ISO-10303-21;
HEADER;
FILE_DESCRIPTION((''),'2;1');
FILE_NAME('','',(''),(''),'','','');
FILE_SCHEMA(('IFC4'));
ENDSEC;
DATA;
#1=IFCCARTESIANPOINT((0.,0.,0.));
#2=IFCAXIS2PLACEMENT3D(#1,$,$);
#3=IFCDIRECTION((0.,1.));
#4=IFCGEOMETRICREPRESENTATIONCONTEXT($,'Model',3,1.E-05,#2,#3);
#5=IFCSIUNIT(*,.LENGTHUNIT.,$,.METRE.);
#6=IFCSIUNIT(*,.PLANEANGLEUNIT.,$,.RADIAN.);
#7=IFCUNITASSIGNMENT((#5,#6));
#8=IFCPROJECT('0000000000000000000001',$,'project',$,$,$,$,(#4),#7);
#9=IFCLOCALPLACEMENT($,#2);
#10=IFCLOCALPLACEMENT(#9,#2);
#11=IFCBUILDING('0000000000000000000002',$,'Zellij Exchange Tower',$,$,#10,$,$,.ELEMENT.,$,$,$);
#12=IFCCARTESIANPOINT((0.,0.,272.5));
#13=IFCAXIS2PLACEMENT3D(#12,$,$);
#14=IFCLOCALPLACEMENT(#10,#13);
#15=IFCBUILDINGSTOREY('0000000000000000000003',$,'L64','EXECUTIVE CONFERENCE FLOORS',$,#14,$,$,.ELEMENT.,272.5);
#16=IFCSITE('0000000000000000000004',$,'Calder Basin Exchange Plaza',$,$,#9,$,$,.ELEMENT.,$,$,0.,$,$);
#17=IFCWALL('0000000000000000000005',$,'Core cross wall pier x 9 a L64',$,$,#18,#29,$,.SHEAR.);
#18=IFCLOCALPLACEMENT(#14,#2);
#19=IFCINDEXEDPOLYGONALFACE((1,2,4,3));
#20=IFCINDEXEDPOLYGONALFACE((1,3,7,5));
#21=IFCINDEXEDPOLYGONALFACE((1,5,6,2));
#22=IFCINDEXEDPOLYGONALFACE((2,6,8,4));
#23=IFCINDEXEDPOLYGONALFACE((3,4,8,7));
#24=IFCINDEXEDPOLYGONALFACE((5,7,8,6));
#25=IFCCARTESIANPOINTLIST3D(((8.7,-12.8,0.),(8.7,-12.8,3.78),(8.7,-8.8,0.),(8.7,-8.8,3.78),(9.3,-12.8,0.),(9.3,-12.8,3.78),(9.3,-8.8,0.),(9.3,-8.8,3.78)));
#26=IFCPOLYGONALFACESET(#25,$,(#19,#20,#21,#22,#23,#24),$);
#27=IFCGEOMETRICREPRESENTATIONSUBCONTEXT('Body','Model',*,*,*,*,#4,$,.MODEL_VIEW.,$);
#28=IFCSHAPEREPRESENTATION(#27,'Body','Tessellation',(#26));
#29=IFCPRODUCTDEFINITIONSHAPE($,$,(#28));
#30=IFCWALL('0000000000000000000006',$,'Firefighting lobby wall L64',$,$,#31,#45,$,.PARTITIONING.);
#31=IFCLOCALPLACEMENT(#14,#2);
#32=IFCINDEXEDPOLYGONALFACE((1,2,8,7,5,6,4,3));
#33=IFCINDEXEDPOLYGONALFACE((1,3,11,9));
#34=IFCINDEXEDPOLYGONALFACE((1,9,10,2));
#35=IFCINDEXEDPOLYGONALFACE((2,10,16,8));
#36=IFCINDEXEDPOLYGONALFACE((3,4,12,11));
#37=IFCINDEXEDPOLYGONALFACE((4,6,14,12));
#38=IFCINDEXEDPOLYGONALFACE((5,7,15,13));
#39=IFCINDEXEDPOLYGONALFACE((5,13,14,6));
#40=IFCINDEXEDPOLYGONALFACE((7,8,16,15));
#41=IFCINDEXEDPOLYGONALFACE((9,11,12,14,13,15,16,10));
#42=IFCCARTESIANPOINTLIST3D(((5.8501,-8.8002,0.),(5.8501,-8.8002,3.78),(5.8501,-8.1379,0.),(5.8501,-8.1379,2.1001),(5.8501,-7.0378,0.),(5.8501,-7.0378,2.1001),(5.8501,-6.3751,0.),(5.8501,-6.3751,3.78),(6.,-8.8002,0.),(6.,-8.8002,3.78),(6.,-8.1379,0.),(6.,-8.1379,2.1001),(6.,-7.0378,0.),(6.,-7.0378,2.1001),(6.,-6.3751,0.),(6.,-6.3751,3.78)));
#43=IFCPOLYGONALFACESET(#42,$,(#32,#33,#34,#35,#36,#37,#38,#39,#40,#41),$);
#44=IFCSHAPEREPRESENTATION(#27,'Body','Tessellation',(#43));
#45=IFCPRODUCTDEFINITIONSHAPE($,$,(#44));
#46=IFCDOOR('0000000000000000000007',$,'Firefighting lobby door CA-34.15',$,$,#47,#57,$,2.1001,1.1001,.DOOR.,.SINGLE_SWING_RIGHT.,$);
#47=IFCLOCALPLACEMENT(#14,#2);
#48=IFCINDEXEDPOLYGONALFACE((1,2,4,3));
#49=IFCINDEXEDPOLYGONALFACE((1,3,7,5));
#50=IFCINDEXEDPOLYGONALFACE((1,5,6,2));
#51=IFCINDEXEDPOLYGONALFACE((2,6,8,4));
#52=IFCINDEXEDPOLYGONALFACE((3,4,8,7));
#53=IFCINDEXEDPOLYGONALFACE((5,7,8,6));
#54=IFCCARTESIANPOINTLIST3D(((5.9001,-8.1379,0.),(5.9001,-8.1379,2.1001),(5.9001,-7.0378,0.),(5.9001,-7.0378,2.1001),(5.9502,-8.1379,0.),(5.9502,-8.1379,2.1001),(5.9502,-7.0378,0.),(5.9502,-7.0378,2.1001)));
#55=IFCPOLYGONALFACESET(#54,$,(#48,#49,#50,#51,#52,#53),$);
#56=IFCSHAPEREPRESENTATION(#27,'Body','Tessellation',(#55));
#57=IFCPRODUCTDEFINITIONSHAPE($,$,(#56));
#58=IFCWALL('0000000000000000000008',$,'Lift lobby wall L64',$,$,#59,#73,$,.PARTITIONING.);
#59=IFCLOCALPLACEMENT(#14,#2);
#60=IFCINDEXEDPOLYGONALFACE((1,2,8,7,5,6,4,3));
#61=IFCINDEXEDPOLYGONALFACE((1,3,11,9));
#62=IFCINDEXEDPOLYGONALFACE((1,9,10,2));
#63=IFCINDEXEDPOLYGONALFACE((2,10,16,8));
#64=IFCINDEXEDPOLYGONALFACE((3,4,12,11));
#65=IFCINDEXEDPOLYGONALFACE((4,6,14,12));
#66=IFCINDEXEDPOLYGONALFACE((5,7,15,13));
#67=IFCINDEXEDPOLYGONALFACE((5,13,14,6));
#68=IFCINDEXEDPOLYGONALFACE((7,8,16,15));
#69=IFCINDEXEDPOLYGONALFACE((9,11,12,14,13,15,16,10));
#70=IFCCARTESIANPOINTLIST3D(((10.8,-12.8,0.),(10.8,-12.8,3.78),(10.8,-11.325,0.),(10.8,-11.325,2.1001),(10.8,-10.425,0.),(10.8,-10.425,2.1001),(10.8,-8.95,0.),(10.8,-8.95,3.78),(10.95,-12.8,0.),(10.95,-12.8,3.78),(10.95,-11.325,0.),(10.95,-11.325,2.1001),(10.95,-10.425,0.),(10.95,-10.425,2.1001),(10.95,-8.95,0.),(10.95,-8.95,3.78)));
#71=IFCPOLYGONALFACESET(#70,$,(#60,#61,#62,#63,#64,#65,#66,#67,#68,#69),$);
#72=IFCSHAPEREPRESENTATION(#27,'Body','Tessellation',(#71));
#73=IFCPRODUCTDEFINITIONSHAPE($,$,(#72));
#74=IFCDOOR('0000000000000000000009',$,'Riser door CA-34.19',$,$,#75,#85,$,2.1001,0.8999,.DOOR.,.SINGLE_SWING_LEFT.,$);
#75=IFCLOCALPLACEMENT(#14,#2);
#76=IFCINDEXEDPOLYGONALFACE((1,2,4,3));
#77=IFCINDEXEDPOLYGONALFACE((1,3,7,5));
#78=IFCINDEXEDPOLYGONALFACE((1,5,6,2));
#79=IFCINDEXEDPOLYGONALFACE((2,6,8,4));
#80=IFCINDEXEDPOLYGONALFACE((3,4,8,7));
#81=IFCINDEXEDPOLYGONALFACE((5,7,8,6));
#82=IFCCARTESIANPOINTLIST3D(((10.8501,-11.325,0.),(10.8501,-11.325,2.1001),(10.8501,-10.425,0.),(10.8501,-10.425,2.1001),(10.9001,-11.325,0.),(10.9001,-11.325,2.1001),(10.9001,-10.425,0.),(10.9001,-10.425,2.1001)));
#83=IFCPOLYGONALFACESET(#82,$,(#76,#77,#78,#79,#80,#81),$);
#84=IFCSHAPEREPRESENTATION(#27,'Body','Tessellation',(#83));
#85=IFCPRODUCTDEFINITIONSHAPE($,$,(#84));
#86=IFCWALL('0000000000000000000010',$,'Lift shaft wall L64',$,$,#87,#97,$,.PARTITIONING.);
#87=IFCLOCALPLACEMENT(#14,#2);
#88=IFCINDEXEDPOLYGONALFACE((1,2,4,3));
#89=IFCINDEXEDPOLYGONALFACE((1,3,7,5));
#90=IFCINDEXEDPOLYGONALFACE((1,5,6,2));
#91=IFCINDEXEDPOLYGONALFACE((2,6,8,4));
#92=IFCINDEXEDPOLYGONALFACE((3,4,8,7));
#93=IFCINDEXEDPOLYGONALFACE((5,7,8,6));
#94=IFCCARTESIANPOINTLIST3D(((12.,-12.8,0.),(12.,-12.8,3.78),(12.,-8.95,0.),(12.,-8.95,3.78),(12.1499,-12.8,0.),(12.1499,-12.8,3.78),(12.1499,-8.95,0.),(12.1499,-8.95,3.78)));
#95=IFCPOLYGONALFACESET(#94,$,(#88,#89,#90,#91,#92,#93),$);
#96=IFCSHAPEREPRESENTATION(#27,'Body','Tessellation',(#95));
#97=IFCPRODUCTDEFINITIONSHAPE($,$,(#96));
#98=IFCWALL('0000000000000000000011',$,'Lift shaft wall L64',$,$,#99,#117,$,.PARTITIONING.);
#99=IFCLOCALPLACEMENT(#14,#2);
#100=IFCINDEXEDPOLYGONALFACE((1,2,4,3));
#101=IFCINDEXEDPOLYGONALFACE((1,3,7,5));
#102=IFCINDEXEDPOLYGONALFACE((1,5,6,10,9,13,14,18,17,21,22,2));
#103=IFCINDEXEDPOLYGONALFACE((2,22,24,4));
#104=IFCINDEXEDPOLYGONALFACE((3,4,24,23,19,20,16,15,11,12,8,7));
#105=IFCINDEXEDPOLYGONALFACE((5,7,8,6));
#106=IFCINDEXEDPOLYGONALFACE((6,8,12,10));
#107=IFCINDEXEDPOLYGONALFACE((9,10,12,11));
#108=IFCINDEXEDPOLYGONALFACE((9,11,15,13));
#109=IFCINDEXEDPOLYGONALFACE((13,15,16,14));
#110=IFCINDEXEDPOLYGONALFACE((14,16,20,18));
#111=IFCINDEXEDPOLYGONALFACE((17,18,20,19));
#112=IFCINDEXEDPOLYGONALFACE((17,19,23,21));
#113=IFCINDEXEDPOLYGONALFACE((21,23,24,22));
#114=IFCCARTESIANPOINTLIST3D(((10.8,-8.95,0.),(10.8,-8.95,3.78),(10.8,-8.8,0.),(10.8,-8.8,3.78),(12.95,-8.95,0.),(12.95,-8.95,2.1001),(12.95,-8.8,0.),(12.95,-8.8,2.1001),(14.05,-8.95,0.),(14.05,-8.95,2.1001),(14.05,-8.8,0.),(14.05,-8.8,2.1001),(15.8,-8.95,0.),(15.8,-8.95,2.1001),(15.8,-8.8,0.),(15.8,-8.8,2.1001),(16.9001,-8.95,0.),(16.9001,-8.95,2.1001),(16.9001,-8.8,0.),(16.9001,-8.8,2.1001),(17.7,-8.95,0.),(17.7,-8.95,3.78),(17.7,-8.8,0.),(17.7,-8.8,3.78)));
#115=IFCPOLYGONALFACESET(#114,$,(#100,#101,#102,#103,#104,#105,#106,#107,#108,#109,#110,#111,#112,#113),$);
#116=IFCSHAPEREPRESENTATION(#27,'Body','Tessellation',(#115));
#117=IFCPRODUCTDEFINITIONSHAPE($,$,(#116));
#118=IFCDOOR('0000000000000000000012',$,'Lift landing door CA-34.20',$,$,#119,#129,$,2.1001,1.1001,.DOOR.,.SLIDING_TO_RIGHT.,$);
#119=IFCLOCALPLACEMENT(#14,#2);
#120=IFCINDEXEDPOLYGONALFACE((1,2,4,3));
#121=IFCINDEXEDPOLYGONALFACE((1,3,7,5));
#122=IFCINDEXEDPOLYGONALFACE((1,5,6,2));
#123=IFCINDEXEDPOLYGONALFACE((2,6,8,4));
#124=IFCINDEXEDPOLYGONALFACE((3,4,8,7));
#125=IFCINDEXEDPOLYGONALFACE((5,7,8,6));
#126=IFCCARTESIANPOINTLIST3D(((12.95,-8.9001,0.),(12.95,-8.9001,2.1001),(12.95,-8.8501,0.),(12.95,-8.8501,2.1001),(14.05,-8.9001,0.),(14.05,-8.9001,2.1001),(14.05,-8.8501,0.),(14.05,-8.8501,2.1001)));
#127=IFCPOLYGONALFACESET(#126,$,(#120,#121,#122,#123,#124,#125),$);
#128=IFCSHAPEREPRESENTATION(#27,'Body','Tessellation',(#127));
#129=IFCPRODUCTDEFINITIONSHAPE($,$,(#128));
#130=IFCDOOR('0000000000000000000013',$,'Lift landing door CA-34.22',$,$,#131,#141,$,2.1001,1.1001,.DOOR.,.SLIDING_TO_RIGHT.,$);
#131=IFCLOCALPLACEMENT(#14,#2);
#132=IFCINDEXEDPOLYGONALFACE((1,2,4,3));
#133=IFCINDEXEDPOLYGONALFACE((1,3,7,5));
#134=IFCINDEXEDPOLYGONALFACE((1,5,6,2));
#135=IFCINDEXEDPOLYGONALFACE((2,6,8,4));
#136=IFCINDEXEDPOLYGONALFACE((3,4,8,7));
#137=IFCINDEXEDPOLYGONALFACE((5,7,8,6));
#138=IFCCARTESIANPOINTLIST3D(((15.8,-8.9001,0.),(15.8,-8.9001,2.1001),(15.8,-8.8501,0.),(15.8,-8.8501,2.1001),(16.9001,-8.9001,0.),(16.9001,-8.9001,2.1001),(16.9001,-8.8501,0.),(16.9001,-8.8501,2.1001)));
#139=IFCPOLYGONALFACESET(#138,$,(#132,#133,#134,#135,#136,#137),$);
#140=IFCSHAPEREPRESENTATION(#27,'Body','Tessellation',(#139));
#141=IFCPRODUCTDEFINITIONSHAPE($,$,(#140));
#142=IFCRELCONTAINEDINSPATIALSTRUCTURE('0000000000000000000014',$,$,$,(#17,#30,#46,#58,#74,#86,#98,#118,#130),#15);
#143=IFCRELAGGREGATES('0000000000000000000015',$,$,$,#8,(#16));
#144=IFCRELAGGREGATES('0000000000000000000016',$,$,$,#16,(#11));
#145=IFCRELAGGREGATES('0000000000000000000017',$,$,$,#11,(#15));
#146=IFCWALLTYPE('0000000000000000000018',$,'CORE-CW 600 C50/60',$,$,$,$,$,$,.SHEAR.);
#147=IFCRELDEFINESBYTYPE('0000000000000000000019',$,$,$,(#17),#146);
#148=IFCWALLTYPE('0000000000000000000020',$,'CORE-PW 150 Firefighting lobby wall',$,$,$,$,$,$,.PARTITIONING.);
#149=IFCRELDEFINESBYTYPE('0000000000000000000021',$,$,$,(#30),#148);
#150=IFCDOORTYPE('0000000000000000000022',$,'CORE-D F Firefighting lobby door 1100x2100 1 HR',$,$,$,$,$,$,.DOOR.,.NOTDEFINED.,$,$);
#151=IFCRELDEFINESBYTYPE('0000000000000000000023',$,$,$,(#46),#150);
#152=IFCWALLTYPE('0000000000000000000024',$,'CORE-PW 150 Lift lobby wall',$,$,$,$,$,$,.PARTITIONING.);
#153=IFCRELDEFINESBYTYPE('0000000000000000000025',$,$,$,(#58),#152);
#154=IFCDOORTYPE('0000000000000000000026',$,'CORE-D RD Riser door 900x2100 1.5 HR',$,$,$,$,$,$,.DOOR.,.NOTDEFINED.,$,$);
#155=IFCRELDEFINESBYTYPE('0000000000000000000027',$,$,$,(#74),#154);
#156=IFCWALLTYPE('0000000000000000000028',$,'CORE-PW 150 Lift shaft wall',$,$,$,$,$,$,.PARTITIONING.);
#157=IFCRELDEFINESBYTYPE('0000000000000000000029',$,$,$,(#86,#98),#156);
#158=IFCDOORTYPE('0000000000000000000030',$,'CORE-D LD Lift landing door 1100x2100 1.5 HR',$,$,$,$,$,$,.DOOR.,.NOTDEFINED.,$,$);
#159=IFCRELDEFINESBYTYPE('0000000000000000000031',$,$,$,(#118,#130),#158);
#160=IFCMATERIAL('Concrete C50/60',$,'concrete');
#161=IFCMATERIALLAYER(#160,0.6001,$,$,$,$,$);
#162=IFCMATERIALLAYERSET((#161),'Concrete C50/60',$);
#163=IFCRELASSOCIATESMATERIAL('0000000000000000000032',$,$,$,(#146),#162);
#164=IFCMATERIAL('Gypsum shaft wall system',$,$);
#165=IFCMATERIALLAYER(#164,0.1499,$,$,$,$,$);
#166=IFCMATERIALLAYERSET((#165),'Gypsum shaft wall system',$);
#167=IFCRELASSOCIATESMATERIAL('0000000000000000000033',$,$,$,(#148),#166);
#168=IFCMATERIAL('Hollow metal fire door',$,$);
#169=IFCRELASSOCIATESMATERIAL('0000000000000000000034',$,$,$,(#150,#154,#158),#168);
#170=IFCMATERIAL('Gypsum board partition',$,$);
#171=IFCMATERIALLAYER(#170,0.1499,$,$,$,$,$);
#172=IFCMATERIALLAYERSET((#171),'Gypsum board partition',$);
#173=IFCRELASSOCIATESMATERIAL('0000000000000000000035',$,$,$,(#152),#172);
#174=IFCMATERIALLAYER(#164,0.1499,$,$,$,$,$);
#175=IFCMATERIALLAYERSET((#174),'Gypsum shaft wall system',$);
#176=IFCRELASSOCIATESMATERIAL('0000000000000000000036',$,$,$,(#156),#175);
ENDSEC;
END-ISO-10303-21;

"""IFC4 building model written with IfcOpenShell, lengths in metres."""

from ifc_helpers import new_model, si_unit, direction, frame, frame_2d, origin, place, context, subcontext, project, spatial, rectangle, extrude, material, layer, layer_set, type_object, element, fill, save


model = new_model("IFC4")

# Units and contexts
model_context = context("Model", 3, precision=1e-05, world=origin(), true_north=direction((0.0, 1.0)))
body_context = subcontext(model_context, "Body", "Model", "MODEL_VIEW")
ifc_project = project(units=[si_unit("LENGTHUNIT", "METRE"), si_unit("PLANEANGLEUNIT", "RADIAN")], contexts=[model_context])

# Site, building, storey
site_placement = place(None, origin())
site = spatial("IfcSite", under=ifc_project, at=site_placement, Name="Calder Basin Exchange Plaza", CompositionType="ELEMENT", RefElevation=0.0)
building_placement = place(site_placement, origin())
building = spatial("IfcBuilding", under=site, at=building_placement, Name="Zellij Exchange Tower", CompositionType="ELEMENT")
storey_placement = place(building_placement, frame((0.0, 0.0, 272.5)))
storey = spatial("IfcBuildingStorey", under=building, at=storey_placement, Name="L64", Description="EXECUTIVE CONFERENCE FLOORS", CompositionType="ELEMENT", Elevation=272.5)

# Wall
ifc_material_1 = material(Name="Concrete C50/60", Category="concrete")
ifc_layer_1 = layer(ifc_material_1, 0.6001)
ifc_layer_set_1 = layer_set([ifc_layer_1], Name="Concrete C50/60")
wall_type_1 = type_object("IfcWallType", Name="CORE-CW 600 C50/60", PredefinedType="SHEAR", material=ifc_layer_set_1)
wall_1_placement = place(storey_placement, frame((9.0, -12.8, 0.0), z_axis=(0.0, 0.0, 1.0), x_axis=(0.0, 1.0, 0.0)))
element("IfcWall", 1, at=wall_1_placement, inside=storey, type_object=wall_type_1, Name="Core cross wall pier x 9 a L64", PredefinedType="SHEAR", context=body_context, shape_type="SweptSolid", body=[
    extrude(rectangle(XDim=4.0, YDim=0.6001, at=frame_2d((2.0, 0.0))), origin(), (0.0, 0.0, 1.0), 3.78),
])

# Walls, openings, doors
ifc_material_2 = material(Name="Gypsum shaft wall system")
ifc_layer_2 = layer(ifc_material_2, 0.1499)
ifc_layer_set_2 = layer_set([ifc_layer_2], Name="Gypsum shaft wall system")
wall_type_2 = type_object("IfcWallType", Name="CORE-PW 150 Firefighting lobby wall", PredefinedType="PARTITIONING", material=ifc_layer_set_2)
wall_2_placement = place(storey_placement, frame((5.925, -8.8, 0.0), z_axis=(0.0, 0.0, 1.0), x_axis=(0.0, 1.0, 0.0)))
wall_2 = element("IfcWall", 2, at=wall_2_placement, inside=storey, type_object=wall_type_2, Name="Firefighting lobby wall L64", PredefinedType="PARTITIONING", context=body_context, shape_type="SweptSolid", body=[
    extrude(rectangle(XDim=2.425, YDim=0.1499, at=frame_2d((1.2124, 0.0))), origin(), (0.0, 0.0, 1.0), 3.78),
])
opening_1_placement = place(wall_2_placement, frame((0.6621, 0.0, 0.0)))
opening_1 = element("IfcOpeningElement", 3, at=opening_1_placement, cuts=wall_2, PredefinedType="OPENING", context=body_context, shape_type="SweptSolid", body=[
    extrude(rectangle(XDim=1.1001, YDim=2.1001, at=frame_2d((0.55, 1.05))), frame((0.0, 0.0869, 0.0), z_axis=(0.0, -1.0, 0.0), x_axis=(1.0, 0.0, 0.0)), (0.0, 0.0, 1.0), 0.1738),
])
ifc_material_3 = material(Name="Hollow metal fire door")
door_type_1 = type_object("IfcDoorType", Name="CORE-D F Firefighting lobby door 1100x2100 1 HR", OperationType="NOTDEFINED", PredefinedType="DOOR", material=ifc_material_3)
door_1_placement = place(opening_1_placement, origin())
door_1 = element("IfcDoor", 4, at=door_1_placement, inside=storey, type_object=door_type_1, Name="Firefighting lobby door CA-34.15", OperationType="SINGLE_SWING_RIGHT", OverallHeight=2.1001, OverallWidth=1.1001, PredefinedType="DOOR", context=body_context, shape_type="SweptSolid", body=[
    extrude(rectangle(XDim=1.1001, YDim=2.1001, at=frame_2d((0.55, 1.05))), frame((0.0, 0.0249, 0.0), z_axis=(0.0, -1.0, 0.0), x_axis=(1.0, 0.0, 0.0)), (0.0, 0.0, 1.0), 0.05),
])
fill(opening_1, door_1)
ifc_material_4 = material(Name="Gypsum board partition")
ifc_layer_3 = layer(ifc_material_4, 0.1499)
ifc_layer_set_3 = layer_set([ifc_layer_3], Name="Gypsum board partition")
wall_type_3 = type_object("IfcWallType", Name="CORE-PW 150 Lift lobby wall", PredefinedType="PARTITIONING", material=ifc_layer_set_3)
wall_3_placement = place(storey_placement, frame((10.875, -12.8, 0.0), z_axis=(0.0, 0.0, 1.0), x_axis=(0.0, 1.0, 0.0)))
wall_3 = element("IfcWall", 5, at=wall_3_placement, inside=storey, type_object=wall_type_3, Name="Lift lobby wall L64", PredefinedType="PARTITIONING", context=body_context, shape_type="SweptSolid", body=[
    extrude(rectangle(XDim=3.8501, YDim=0.1499, at=frame_2d((1.925, 0.0))), origin(), (0.0, 0.0, 1.0), 3.78),
])
opening_2_placement = place(wall_3_placement, frame((1.4751, 0.0, 0.0)))
opening_2 = element("IfcOpeningElement", 6, at=opening_2_placement, cuts=wall_3, PredefinedType="OPENING", context=body_context, shape_type="SweptSolid", body=[
    extrude(rectangle(XDim=0.8999, YDim=2.1001, at=frame_2d((0.45, 1.05))), frame((0.0, 0.0869, 0.0), z_axis=(0.0, -1.0, 0.0), x_axis=(1.0, 0.0, 0.0)), (0.0, 0.0, 1.0), 0.1738),
])
door_type_2 = type_object("IfcDoorType", Name="CORE-D RD Riser door 900x2100 1.5 HR", OperationType="NOTDEFINED", PredefinedType="DOOR", material=ifc_material_3)
door_2_placement = place(opening_2_placement, origin())
door_2 = element("IfcDoor", 7, at=door_2_placement, inside=storey, type_object=door_type_2, Name="Riser door CA-34.19", OperationType="SINGLE_SWING_LEFT", OverallHeight=2.1001, OverallWidth=0.8999, PredefinedType="DOOR", context=body_context, shape_type="SweptSolid", body=[
    extrude(rectangle(XDim=0.8999, YDim=2.1001, at=frame_2d((0.45, 1.05))), frame((0.0, 0.0249, 0.0), z_axis=(0.0, -1.0, 0.0), x_axis=(1.0, 0.0, 0.0)), (0.0, 0.0, 1.0), 0.05),
])
fill(opening_2, door_2)

# Wall
ifc_layer_4 = layer(ifc_material_2, 0.1499)
ifc_layer_set_4 = layer_set([ifc_layer_4], Name="Gypsum shaft wall system")
wall_type_4 = type_object("IfcWallType", Name="CORE-PW 150 Lift shaft wall", PredefinedType="PARTITIONING", material=ifc_layer_set_4)
wall_4_placement = place(storey_placement, frame((12.075, -12.8, 0.0), z_axis=(0.0, 0.0, 1.0), x_axis=(0.0, 1.0, 0.0)))
element("IfcWall", 8, at=wall_4_placement, inside=storey, type_object=wall_type_4, Name="Lift shaft wall L64", PredefinedType="PARTITIONING", context=body_context, shape_type="SweptSolid", body=[
    extrude(rectangle(XDim=3.8501, YDim=0.1499, at=frame_2d((1.925, 0.0))), origin(), (0.0, 0.0, 1.0), 3.78),
])

# Wall, openings, doors
wall_5_placement = place(storey_placement, frame((10.8, -8.875, 0.0), z_axis=(0.0, 0.0, 1.0), x_axis=(1.0, 0.0, 0.0)))
wall_5 = element("IfcWall", 9, at=wall_5_placement, inside=storey, type_object=wall_type_4, Name="Lift shaft wall L64", PredefinedType="PARTITIONING", context=body_context, shape_type="SweptSolid", body=[
    extrude(rectangle(XDim=6.8999, YDim=0.1499, at=frame_2d((3.45, 0.0))), origin(), (0.0, 0.0, 1.0), 3.78),
])
opening_3_placement = place(wall_5_placement, frame((2.1499, 0.0, 0.0)))
opening_3 = element("IfcOpeningElement", 10, at=opening_3_placement, cuts=wall_5, PredefinedType="OPENING", context=body_context, shape_type="SweptSolid", body=[
    extrude(rectangle(XDim=1.1001, YDim=2.1001, at=frame_2d((0.55, 1.05))), frame((0.0, 0.0869, 0.0), z_axis=(0.0, -1.0, 0.0), x_axis=(1.0, 0.0, 0.0)), (0.0, 0.0, 1.0), 0.1738),
])
opening_4_placement = place(wall_5_placement, frame((5.0, 0.0, 0.0)))
opening_4 = element("IfcOpeningElement", 11, at=opening_4_placement, cuts=wall_5, PredefinedType="OPENING", context=body_context, shape_type="SweptSolid", body=[
    extrude(rectangle(XDim=1.1001, YDim=2.1001, at=frame_2d((0.55, 1.05))), frame((0.0, 0.0869, 0.0), z_axis=(0.0, -1.0, 0.0), x_axis=(1.0, 0.0, 0.0)), (0.0, 0.0, 1.0), 0.1738),
])
door_type_3 = type_object("IfcDoorType", Name="CORE-D LD Lift landing door 1100x2100 1.5 HR", OperationType="NOTDEFINED", PredefinedType="DOOR", material=ifc_material_3)
door_3_placement = place(opening_3_placement, origin())
door_3 = element("IfcDoor", 12, at=door_3_placement, inside=storey, type_object=door_type_3, Name="Lift landing door CA-34.20", OperationType="SLIDING_TO_RIGHT", OverallHeight=2.1001, OverallWidth=1.1001, PredefinedType="DOOR", context=body_context, shape_type="SweptSolid", body=[
    extrude(rectangle(XDim=1.1001, YDim=2.1001, at=frame_2d((0.55, 1.05))), frame((0.0, 0.0249, 0.0), z_axis=(0.0, -1.0, 0.0), x_axis=(1.0, 0.0, 0.0)), (0.0, 0.0, 1.0), 0.05),
])
fill(opening_3, door_3)
door_4_placement = place(opening_4_placement, origin())
door_4 = element("IfcDoor", 13, at=door_4_placement, inside=storey, type_object=door_type_3, Name="Lift landing door CA-34.22", OperationType="SLIDING_TO_RIGHT", OverallHeight=2.1001, OverallWidth=1.1001, PredefinedType="DOOR", context=body_context, shape_type="SweptSolid", body=[
    extrude(rectangle(XDim=1.1001, YDim=2.1001, at=frame_2d((0.55, 1.05))), frame((0.0, 0.0249, 0.0), z_axis=(0.0, -1.0, 0.0), x_axis=(1.0, 0.0, 0.0)), (0.0, 0.0, 1.0), 0.05),
])
fill(opening_4, door_4)

save(model, "model.ifc")
